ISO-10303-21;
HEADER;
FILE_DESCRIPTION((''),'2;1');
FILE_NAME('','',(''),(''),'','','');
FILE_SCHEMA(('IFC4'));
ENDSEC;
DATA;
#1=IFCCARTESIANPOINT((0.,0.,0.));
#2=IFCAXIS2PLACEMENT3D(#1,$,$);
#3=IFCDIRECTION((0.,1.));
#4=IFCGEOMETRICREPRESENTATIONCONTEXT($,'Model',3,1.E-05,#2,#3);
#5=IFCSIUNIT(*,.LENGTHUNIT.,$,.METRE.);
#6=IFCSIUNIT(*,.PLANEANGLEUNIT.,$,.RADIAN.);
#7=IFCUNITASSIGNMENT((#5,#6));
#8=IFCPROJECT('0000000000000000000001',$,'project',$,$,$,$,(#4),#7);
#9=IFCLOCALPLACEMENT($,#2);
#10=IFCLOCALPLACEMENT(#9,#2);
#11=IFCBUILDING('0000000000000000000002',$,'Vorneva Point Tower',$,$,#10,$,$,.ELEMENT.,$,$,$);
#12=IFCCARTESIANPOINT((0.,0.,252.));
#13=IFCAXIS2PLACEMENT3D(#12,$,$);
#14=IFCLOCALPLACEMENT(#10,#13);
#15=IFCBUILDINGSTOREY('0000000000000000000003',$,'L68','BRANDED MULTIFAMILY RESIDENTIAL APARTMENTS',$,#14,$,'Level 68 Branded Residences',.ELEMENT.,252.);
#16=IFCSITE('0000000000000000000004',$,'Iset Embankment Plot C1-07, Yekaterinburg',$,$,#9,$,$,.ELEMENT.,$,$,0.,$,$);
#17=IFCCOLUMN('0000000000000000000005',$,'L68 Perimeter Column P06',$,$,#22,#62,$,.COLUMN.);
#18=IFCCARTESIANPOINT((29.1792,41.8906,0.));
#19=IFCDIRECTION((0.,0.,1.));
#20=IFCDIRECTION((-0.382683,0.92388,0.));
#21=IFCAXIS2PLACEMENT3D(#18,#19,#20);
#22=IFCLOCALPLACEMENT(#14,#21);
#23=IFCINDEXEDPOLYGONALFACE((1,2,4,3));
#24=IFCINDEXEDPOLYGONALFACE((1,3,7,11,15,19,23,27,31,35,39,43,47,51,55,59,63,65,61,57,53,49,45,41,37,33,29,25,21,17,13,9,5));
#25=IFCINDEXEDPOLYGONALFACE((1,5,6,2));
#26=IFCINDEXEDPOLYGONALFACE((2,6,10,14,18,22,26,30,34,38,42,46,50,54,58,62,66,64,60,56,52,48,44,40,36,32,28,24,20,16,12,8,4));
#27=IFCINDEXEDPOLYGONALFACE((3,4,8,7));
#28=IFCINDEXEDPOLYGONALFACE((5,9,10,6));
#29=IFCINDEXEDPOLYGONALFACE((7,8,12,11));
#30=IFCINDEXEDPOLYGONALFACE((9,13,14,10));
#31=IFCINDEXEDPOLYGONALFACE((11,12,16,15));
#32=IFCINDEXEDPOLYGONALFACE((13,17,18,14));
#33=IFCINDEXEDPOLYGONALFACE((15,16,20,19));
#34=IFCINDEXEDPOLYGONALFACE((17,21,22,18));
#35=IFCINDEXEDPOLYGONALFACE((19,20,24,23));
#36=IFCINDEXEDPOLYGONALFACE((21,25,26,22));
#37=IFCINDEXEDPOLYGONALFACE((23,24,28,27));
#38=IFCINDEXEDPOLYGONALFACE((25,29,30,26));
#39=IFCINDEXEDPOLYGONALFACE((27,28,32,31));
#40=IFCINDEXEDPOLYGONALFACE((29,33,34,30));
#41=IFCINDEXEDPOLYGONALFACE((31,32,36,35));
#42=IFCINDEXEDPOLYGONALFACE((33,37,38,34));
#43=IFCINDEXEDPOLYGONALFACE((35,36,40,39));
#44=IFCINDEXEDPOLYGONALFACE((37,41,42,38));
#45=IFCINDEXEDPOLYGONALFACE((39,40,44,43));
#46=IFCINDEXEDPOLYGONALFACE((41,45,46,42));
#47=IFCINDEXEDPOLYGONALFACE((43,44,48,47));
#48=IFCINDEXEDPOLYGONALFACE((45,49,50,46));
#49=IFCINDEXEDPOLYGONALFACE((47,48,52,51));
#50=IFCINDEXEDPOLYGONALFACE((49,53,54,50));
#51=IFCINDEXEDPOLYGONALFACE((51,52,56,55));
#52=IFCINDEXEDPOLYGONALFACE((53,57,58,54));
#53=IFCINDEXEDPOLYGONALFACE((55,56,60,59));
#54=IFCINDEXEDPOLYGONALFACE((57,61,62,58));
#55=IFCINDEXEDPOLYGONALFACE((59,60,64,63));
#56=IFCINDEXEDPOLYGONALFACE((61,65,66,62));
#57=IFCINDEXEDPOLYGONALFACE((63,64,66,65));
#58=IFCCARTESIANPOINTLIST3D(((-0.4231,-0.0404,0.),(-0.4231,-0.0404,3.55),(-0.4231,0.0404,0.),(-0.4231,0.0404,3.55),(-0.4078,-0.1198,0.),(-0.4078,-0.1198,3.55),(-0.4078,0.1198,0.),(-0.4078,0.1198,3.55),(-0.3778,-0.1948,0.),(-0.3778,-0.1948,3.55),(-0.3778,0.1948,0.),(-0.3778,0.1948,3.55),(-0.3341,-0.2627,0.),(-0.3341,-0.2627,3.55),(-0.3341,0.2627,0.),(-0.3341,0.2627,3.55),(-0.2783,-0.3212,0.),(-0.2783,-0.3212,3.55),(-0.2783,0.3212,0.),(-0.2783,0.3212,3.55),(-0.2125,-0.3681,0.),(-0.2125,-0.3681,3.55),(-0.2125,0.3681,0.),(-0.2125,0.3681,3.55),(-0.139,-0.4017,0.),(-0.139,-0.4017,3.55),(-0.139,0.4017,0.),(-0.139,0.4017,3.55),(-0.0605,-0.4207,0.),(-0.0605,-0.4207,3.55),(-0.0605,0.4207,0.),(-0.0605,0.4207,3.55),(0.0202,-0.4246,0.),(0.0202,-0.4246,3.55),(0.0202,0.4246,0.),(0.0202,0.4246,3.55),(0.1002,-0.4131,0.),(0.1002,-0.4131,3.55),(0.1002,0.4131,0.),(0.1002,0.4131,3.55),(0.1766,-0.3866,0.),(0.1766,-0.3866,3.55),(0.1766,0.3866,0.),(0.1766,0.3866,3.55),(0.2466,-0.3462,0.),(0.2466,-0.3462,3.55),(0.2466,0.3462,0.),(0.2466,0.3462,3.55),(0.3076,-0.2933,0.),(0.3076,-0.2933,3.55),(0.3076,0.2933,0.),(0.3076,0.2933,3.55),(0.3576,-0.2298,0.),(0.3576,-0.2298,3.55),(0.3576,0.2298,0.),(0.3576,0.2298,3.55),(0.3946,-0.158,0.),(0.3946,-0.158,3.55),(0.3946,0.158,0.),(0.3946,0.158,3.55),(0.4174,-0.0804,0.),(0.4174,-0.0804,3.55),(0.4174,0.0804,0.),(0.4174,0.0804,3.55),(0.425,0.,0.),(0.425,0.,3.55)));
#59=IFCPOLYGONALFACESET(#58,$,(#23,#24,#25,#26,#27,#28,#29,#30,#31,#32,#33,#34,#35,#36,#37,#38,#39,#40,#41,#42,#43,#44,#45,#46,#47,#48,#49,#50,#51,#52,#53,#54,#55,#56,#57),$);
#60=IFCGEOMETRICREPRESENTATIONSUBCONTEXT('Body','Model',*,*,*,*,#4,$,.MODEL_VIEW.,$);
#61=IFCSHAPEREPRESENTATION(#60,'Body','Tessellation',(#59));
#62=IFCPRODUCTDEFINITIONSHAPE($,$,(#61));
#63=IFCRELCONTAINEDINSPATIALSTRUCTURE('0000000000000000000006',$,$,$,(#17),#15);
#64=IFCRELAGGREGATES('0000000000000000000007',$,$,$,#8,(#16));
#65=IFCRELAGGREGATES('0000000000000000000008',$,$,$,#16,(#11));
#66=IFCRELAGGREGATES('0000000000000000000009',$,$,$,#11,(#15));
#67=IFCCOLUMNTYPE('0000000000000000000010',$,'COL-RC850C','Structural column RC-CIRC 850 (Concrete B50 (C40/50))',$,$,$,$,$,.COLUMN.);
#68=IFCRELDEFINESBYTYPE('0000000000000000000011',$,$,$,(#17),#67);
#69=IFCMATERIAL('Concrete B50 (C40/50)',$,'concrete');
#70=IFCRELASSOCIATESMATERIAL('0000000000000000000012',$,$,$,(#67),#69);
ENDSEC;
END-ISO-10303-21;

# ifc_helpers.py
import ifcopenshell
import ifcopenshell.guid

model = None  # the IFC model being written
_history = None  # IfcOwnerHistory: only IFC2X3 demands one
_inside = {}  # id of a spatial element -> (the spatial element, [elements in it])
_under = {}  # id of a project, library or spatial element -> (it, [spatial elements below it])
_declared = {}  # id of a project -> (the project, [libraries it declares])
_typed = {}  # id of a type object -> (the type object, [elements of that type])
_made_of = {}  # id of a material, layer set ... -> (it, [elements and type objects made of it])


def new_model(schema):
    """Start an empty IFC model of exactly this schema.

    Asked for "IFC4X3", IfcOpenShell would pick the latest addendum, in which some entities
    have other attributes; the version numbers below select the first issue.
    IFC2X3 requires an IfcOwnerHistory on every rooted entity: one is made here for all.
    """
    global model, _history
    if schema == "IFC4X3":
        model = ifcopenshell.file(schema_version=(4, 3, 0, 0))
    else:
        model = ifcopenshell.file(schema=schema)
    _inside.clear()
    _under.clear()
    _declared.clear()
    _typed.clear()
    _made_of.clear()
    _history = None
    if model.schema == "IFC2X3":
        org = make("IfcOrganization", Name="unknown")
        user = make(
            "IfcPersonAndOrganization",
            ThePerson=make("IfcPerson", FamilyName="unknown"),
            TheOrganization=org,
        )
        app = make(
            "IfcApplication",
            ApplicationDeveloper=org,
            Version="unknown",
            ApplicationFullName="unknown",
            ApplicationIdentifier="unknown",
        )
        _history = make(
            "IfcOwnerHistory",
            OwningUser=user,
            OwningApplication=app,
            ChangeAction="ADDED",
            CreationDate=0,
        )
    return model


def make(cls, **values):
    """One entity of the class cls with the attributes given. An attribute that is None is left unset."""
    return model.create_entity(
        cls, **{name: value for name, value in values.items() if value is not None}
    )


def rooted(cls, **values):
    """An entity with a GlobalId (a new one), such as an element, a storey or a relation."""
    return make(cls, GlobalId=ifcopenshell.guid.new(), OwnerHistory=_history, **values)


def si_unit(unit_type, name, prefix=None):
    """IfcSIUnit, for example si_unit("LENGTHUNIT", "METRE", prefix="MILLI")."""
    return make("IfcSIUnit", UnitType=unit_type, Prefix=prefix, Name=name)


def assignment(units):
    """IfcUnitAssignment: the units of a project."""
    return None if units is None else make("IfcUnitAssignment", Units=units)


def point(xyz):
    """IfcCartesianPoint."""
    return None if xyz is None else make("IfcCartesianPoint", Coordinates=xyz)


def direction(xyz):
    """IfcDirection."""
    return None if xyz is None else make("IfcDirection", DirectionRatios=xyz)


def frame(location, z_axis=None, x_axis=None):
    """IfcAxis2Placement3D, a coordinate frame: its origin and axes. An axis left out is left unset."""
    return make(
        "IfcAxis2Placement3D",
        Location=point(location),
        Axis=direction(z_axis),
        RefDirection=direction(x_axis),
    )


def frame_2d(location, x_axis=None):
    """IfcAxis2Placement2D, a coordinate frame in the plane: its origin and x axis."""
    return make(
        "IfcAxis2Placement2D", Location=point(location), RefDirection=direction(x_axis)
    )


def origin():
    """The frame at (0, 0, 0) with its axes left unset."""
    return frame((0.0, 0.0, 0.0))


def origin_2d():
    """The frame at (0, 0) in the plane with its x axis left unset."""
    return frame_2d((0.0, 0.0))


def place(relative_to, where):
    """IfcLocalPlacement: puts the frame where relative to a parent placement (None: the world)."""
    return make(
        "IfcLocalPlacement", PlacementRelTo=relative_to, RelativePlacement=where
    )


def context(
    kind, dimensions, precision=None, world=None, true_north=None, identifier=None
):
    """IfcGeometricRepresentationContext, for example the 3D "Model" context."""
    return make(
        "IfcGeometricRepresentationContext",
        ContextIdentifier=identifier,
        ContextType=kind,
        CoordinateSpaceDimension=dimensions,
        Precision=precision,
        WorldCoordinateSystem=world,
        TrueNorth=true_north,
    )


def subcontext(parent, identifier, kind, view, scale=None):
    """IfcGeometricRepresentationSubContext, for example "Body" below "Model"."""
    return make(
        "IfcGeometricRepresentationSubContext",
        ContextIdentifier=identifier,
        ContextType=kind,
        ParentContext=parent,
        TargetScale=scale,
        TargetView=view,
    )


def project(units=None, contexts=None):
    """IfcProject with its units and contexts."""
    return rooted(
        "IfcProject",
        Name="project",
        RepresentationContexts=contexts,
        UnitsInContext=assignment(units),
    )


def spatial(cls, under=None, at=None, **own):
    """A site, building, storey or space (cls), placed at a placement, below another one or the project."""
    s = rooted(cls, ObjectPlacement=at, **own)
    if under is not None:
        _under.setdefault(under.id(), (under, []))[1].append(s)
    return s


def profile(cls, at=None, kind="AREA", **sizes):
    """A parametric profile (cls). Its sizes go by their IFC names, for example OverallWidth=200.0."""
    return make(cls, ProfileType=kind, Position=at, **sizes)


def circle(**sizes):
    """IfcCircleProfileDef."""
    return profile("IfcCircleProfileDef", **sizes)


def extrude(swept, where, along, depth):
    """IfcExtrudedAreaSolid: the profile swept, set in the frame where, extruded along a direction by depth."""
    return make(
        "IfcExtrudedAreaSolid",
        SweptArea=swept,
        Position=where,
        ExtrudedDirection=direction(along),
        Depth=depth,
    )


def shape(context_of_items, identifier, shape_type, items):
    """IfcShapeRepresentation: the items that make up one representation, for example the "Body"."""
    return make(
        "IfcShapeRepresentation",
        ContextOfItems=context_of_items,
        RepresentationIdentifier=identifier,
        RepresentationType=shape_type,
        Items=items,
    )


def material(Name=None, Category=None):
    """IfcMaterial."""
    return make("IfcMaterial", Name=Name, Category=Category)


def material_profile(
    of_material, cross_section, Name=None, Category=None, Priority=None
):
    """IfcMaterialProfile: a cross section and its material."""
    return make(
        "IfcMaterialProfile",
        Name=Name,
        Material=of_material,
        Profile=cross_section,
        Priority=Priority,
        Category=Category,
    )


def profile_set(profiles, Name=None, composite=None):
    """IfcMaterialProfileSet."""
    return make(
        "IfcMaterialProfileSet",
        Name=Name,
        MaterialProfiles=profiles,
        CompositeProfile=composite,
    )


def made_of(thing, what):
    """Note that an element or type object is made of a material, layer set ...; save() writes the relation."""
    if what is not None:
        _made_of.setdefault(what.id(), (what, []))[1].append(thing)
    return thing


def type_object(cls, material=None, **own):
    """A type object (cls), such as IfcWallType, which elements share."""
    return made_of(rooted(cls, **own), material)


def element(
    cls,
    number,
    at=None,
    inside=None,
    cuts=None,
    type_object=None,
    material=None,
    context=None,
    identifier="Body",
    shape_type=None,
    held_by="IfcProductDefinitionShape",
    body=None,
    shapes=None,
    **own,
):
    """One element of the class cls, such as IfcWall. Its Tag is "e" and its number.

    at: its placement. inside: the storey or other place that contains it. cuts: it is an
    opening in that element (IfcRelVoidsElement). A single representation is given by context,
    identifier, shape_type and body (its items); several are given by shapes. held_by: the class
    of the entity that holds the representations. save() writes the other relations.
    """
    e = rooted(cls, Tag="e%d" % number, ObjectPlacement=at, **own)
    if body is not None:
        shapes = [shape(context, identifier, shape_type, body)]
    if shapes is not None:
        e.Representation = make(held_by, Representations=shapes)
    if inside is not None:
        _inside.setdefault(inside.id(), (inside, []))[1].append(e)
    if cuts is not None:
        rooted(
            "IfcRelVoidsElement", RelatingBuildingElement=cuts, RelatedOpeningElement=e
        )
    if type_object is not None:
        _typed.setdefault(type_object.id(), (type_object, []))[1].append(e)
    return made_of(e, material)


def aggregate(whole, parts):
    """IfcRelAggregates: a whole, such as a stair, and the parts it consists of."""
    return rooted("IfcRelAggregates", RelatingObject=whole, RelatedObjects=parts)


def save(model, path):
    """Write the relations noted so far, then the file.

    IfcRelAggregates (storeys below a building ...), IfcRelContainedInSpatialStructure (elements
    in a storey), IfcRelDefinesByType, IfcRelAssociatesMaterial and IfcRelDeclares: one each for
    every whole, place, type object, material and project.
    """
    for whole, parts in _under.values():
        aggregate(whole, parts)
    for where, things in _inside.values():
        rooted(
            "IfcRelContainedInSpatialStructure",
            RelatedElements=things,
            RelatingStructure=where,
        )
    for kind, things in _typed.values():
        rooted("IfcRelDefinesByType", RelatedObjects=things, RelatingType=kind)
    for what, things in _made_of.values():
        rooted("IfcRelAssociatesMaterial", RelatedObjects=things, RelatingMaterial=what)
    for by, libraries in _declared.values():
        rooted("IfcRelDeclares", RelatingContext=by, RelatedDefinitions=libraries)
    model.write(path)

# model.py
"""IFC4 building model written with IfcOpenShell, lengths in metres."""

from ifc_helpers import new_model, si_unit, direction, frame, origin, origin_2d, place, context, subcontext, project, spatial, circle, extrude, material, material_profile, profile_set, type_object, element, save


model = new_model("IFC4")

# Units and contexts
model_context = context("Model", 3, precision=1e-05, world=origin(), true_north=direction((0.0, 1.0)))
body_context = subcontext(model_context, "Body", "Model", "MODEL_VIEW")
ifc_project = project(units=[si_unit("LENGTHUNIT", "METRE"), si_unit("PLANEANGLEUNIT", "RADIAN")], contexts=[model_context])

# Site, building, storey
site_placement = place(None, origin())
site = spatial("IfcSite", under=ifc_project, at=site_placement, Name="Iset Embankment Plot C1-07, Yekaterinburg", CompositionType="ELEMENT", RefElevation=0.0)
building_placement = place(site_placement, origin())
building = spatial("IfcBuilding", under=site, at=building_placement, Name="Vorneva Point Tower", CompositionType="ELEMENT")
storey_placement = place(building_placement, frame((0.0, 0.0, 252.0)))
storey = spatial("IfcBuildingStorey", under=building, at=storey_placement, Name="L68", Description="BRANDED MULTIFAMILY RESIDENTIAL APARTMENTS", LongName="Level 68 Branded Residences", CompositionType="ELEMENT", Elevation=252.0)

# Column
ifc_material_1 = material(Name="Concrete B50 (C40/50)", Category="concrete")
ifc_material_profile_1 = material_profile(ifc_material_1, circle(Radius=0.425, at=origin_2d()), Name="RC-CIRC 850")
ifc_profile_set_1 = profile_set([ifc_material_profile_1], Name="Concrete B50 (C40/50)")
column_type = type_object("IfcColumnType", Name="COL-RC850C", Description="Structural column RC-CIRC 850 (Concrete B50 (C40/50))", PredefinedType="COLUMN", material=ifc_profile_set_1)
column_placement = place(storey_placement, frame((29.1792, 41.8906, 0.0), z_axis=(0.0, 0.0, 1.0), x_axis=(-0.382683, 0.92388, 0.0)))
element("IfcColumn", 1, at=column_placement, inside=storey, type_object=column_type, Name="L68 Perimeter Column P06", PredefinedType="COLUMN", context=body_context, shape_type="SweptSolid", body=[
    extrude(circle(Radius=0.425, at=origin_2d()), origin(), (0.0, 0.0, 1.0), 3.55),
])

save(model, "model.ifc")
